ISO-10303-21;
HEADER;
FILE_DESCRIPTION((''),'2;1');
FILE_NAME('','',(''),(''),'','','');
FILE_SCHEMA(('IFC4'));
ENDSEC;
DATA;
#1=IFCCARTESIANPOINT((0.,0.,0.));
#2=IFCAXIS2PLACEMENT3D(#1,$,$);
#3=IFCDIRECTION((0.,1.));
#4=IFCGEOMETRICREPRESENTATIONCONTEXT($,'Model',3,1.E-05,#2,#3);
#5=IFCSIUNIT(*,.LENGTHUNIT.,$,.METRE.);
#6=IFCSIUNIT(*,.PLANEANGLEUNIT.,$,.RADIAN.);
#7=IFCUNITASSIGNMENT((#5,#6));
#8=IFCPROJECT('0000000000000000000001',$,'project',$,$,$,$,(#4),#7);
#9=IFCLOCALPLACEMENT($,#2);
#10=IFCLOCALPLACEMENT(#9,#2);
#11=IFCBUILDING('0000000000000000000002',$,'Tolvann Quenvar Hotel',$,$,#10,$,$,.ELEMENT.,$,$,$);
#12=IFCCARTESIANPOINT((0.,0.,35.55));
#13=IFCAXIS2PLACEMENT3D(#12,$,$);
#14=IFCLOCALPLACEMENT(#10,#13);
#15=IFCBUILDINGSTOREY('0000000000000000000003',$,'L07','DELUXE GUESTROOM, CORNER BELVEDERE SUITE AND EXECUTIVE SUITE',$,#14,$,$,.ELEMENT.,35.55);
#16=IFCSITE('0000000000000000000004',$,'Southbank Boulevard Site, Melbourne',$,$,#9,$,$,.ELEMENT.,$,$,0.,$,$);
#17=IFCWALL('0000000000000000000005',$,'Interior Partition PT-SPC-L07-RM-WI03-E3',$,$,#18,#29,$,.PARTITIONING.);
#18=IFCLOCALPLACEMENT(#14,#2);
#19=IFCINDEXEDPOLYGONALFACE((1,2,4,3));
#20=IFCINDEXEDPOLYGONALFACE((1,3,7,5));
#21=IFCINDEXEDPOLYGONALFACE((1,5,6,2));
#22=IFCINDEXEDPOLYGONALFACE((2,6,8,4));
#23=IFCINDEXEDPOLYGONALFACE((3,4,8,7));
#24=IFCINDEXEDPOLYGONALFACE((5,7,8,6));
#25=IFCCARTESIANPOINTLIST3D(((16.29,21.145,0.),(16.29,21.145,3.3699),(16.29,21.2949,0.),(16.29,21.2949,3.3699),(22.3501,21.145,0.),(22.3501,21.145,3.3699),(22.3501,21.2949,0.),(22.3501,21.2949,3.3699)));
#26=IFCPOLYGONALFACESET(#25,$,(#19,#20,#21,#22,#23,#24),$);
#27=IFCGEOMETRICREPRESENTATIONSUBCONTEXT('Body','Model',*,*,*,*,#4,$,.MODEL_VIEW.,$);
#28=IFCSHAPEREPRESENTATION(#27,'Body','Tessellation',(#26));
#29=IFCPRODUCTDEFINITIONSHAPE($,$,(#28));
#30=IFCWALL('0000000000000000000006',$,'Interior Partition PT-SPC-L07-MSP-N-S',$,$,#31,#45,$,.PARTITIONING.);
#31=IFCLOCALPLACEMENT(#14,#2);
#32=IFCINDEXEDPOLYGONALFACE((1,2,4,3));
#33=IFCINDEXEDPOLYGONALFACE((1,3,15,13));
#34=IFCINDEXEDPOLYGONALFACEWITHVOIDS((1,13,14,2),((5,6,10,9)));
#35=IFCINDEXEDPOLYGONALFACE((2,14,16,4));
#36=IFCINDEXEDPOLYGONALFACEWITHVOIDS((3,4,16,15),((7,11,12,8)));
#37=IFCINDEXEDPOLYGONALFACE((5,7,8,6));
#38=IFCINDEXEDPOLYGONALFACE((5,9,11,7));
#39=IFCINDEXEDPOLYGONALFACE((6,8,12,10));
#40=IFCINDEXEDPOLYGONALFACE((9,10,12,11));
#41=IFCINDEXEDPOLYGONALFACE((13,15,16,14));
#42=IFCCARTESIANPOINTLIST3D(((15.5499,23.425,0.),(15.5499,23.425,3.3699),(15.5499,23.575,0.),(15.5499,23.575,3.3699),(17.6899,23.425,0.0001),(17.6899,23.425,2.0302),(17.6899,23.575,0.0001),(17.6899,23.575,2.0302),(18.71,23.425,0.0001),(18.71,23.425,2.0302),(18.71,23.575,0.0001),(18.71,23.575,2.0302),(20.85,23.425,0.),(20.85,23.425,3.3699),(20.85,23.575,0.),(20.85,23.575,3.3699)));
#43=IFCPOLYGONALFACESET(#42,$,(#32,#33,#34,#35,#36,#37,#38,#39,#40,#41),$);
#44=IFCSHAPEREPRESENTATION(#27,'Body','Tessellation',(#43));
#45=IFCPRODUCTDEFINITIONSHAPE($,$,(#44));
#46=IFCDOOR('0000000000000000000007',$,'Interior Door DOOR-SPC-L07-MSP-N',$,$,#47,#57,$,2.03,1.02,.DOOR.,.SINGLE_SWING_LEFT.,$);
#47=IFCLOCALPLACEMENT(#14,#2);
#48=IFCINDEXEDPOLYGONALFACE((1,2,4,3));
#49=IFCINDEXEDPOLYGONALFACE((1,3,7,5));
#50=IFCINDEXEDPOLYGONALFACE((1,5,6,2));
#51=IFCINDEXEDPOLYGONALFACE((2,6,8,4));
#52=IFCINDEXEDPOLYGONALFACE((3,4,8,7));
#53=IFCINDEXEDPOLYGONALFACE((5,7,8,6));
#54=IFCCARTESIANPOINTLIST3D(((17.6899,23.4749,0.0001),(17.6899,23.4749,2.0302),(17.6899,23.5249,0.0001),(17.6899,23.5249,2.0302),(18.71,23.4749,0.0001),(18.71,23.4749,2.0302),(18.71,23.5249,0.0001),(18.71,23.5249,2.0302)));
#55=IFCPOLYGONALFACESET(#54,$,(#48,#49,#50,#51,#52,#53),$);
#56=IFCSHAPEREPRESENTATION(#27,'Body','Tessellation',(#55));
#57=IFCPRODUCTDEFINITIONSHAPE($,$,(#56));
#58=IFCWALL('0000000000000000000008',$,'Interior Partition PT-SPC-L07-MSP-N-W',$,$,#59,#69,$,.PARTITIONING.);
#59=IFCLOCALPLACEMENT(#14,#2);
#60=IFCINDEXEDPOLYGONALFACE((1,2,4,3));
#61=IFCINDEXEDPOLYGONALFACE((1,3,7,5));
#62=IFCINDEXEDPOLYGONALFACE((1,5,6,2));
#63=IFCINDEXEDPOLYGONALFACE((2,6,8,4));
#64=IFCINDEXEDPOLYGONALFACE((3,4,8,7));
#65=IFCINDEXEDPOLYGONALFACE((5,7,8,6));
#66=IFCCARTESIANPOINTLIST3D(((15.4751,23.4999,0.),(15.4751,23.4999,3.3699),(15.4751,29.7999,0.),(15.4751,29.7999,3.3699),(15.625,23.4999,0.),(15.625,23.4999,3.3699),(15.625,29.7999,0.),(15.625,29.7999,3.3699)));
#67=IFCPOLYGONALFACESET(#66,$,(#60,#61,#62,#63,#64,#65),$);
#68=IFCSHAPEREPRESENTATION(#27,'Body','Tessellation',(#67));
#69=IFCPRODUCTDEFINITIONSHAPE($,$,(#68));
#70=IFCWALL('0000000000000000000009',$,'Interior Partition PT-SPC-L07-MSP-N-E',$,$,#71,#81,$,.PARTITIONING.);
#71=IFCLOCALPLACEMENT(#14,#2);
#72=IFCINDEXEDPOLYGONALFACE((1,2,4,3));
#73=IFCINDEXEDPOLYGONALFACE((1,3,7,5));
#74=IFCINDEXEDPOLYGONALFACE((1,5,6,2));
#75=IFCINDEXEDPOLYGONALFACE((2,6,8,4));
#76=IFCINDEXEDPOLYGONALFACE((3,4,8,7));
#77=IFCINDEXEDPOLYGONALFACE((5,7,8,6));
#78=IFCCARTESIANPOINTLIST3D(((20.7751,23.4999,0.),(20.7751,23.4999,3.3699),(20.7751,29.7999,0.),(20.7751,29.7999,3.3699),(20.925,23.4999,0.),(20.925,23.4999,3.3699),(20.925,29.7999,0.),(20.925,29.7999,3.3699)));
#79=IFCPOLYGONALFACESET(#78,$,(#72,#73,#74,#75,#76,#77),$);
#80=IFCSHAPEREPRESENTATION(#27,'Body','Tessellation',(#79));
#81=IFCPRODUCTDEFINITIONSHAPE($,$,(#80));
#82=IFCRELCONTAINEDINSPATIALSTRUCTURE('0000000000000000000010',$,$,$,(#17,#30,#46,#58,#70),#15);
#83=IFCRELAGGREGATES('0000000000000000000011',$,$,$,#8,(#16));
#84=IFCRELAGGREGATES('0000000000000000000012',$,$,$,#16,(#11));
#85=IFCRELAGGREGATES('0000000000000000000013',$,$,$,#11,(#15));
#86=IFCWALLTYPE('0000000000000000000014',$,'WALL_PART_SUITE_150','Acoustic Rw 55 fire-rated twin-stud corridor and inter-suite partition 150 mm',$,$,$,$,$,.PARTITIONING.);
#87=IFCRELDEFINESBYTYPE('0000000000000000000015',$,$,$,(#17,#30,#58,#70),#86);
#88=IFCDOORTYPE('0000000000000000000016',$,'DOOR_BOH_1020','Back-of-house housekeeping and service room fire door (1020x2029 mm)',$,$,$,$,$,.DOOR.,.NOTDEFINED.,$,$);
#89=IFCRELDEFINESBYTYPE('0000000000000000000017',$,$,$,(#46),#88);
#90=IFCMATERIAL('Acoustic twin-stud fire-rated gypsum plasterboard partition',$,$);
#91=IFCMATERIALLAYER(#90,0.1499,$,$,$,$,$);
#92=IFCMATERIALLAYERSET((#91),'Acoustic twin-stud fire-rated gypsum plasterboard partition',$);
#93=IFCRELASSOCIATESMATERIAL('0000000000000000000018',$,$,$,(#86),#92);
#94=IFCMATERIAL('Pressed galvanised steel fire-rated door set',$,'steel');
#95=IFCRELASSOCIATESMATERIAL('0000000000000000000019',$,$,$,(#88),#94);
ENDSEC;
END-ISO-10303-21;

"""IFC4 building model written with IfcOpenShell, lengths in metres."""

from ifc_helpers import new_model, si_unit, direction, frame, frame_2d, origin, place, context, subcontext, project, spatial, rectangle, extrude, source, transform, mapped, material, layer, layer_set, type_object, type_shapes, element, fill, save


model = new_model("IFC4")

# Units and contexts
model_context = context("Model", 3, precision=1e-05, world=origin(), true_north=direction((0.0, 1.0)))
body_context = subcontext(model_context, "Body", "Model", "MODEL_VIEW")
ifc_project = project(units=[si_unit("LENGTHUNIT", "METRE"), si_unit("PLANEANGLEUNIT", "RADIAN")], contexts=[model_context])

# Site, building, storey
site_placement = place(None, origin())
site = spatial("IfcSite", under=ifc_project, at=site_placement, Name="Southbank Boulevard Site, Melbourne", CompositionType="ELEMENT", RefElevation=0.0)
building_placement = place(site_placement, origin())
building = spatial("IfcBuilding", under=site, at=building_placement, Name="Tolvann Quenvar Hotel", CompositionType="ELEMENT")
storey_placement = place(building_placement, frame((0.0, 0.0, 35.55)))
storey = spatial("IfcBuildingStorey", under=building, at=storey_placement, Name="L07", Description="DELUXE GUESTROOM, CORNER BELVEDERE SUITE AND EXECUTIVE SUITE", CompositionType="ELEMENT", Elevation=35.55)

# Shared definitions
ifc_material_1 = material(Name="Acoustic twin-stud fire-rated gypsum plasterboard partition")

# Shared definitions
ifc_layer_1 = layer(ifc_material_1, 0.1499)
ifc_layer_set_1 = layer_set([ifc_layer_1], Name="Acoustic twin-stud fire-rated gypsum plasterboard partition")
wall_type_1 = type_object("IfcWallType", Name="WALL_PART_SUITE_150", Description="Acoustic Rw 55 fire-rated twin-stud corridor and inter-suite partition 150 mm", PredefinedType="PARTITIONING", material=ifc_layer_set_1)

# Wall
wall_1_placement = place(storey_placement, frame((16.29, 21.22, 0.0), z_axis=(0.0, 0.0, 1.0), x_axis=(1.0, 0.0, 0.0)))
element("IfcWall", 1, at=wall_1_placement, inside=storey, type_object=wall_type_1, Name="Interior Partition PT-SPC-L07-RM-WI03-E3", PredefinedType="PARTITIONING", context=body_context, shape_type="SweptSolid", body=[
    extrude(rectangle(XDim=6.0601, YDim=0.1499, at=frame_2d((3.03, 0.0))), origin(), (0.0, 0.0, 1.0), 3.3699),
])

# Wall, opening, door
wall_2_placement = place(storey_placement, frame((15.55, 23.5, 0.0), z_axis=(0.0, 0.0, 1.0), x_axis=(1.0, 0.0, 0.0)))
wall_2 = element("IfcWall", 2, at=wall_2_placement, inside=storey, type_object=wall_type_1, Name="Interior Partition PT-SPC-L07-MSP-N-S", PredefinedType="PARTITIONING", context=body_context, shape_type="SweptSolid", body=[
    extrude(rectangle(XDim=5.3, YDim=0.1499, at=frame_2d((2.6499, 0.0))), origin(), (0.0, 0.0, 1.0), 3.3699),
])
opening_1_placement = place(wall_2_placement, frame((2.1399, 0.0, 0.0)))
opening_1 = element("IfcOpeningElement", 3, at=opening_1_placement, cuts=wall_2, PredefinedType="OPENING", context=body_context, shape_type="SweptSolid", body=[
    extrude(rectangle(XDim=1.02, YDim=2.03, at=frame_2d((0.51, 1.0151))), frame((0.0, 0.085, 0.0), z_axis=(0.0, -1.0, 0.0), x_axis=(1.0, 0.0, 0.0)), (0.0, 0.0, 1.0), 0.1699),
])
ifc_material_2 = material(Name="Pressed galvanised steel fire-rated door set", Category="steel")
door_type_1 = type_object("IfcDoorType", Name="DOOR_BOH_1020", Description="Back-of-house housekeeping and service room fire door (1020x2029 mm)", OperationType="NOTDEFINED", PredefinedType="DOOR", material=ifc_material_2)
shared_shape_1 = source(origin(), body_context, "Body", "SweptSolid", [
    extrude(rectangle(XDim=1.02, YDim=2.03, at=frame_2d((0.51, 1.0151))), frame((0.0, 0.0249, 0.0), z_axis=(0.0, -1.0, 0.0), x_axis=(1.0, 0.0, 0.0)), (0.0, 0.0, 1.0), 0.05),
])
type_shapes(door_type_1, [shared_shape_1])
door_1_placement = place(opening_1_placement, origin())
door_1 = element("IfcDoor", 4, at=door_1_placement, inside=storey, type_object=door_type_1, Name="Interior Door DOOR-SPC-L07-MSP-N", OperationType="SINGLE_SWING_LEFT", OverallHeight=2.03, OverallWidth=1.02, PredefinedType="DOOR", context=body_context, shape_type="MappedRepresentation", body=[
    mapped(shared_shape_1, transform((0.0, 0.0, 0.0), x_axis=(1.0, 0.0, 0.0), y_axis=(0.0, 1.0, 0.0), z_axis=(0.0, 0.0, 1.0), scale=1.0)),
])
fill(opening_1, door_1)

# Walls
for number, where, z_axis, x_axis, name in (
    (5, (15.55, 23.5, 0.0), (0.0, 0.0, 1.0), (0.0, 1.0, 0.0), "Interior Partition PT-SPC-L07-MSP-N-W"),
    (6, (20.8501, 23.5, 0.0), (0.0, 0.0, 1.0), (0.0, 1.0, 0.0), "Interior Partition PT-SPC-L07-MSP-N-E"),
):
    element("IfcWall", number, at=place(storey_placement, frame(where, z_axis=z_axis, x_axis=x_axis)), inside=storey, type_object=wall_type_1, Name=name, PredefinedType="PARTITIONING", context=body_context, shape_type="SweptSolid", body=[
        extrude(rectangle(XDim=6.3, YDim=0.1499, at=frame_2d((3.1499, 0.0))), origin(), (0.0, 0.0, 1.0), 3.3699),
    ])

save(model, "model.ifc")
